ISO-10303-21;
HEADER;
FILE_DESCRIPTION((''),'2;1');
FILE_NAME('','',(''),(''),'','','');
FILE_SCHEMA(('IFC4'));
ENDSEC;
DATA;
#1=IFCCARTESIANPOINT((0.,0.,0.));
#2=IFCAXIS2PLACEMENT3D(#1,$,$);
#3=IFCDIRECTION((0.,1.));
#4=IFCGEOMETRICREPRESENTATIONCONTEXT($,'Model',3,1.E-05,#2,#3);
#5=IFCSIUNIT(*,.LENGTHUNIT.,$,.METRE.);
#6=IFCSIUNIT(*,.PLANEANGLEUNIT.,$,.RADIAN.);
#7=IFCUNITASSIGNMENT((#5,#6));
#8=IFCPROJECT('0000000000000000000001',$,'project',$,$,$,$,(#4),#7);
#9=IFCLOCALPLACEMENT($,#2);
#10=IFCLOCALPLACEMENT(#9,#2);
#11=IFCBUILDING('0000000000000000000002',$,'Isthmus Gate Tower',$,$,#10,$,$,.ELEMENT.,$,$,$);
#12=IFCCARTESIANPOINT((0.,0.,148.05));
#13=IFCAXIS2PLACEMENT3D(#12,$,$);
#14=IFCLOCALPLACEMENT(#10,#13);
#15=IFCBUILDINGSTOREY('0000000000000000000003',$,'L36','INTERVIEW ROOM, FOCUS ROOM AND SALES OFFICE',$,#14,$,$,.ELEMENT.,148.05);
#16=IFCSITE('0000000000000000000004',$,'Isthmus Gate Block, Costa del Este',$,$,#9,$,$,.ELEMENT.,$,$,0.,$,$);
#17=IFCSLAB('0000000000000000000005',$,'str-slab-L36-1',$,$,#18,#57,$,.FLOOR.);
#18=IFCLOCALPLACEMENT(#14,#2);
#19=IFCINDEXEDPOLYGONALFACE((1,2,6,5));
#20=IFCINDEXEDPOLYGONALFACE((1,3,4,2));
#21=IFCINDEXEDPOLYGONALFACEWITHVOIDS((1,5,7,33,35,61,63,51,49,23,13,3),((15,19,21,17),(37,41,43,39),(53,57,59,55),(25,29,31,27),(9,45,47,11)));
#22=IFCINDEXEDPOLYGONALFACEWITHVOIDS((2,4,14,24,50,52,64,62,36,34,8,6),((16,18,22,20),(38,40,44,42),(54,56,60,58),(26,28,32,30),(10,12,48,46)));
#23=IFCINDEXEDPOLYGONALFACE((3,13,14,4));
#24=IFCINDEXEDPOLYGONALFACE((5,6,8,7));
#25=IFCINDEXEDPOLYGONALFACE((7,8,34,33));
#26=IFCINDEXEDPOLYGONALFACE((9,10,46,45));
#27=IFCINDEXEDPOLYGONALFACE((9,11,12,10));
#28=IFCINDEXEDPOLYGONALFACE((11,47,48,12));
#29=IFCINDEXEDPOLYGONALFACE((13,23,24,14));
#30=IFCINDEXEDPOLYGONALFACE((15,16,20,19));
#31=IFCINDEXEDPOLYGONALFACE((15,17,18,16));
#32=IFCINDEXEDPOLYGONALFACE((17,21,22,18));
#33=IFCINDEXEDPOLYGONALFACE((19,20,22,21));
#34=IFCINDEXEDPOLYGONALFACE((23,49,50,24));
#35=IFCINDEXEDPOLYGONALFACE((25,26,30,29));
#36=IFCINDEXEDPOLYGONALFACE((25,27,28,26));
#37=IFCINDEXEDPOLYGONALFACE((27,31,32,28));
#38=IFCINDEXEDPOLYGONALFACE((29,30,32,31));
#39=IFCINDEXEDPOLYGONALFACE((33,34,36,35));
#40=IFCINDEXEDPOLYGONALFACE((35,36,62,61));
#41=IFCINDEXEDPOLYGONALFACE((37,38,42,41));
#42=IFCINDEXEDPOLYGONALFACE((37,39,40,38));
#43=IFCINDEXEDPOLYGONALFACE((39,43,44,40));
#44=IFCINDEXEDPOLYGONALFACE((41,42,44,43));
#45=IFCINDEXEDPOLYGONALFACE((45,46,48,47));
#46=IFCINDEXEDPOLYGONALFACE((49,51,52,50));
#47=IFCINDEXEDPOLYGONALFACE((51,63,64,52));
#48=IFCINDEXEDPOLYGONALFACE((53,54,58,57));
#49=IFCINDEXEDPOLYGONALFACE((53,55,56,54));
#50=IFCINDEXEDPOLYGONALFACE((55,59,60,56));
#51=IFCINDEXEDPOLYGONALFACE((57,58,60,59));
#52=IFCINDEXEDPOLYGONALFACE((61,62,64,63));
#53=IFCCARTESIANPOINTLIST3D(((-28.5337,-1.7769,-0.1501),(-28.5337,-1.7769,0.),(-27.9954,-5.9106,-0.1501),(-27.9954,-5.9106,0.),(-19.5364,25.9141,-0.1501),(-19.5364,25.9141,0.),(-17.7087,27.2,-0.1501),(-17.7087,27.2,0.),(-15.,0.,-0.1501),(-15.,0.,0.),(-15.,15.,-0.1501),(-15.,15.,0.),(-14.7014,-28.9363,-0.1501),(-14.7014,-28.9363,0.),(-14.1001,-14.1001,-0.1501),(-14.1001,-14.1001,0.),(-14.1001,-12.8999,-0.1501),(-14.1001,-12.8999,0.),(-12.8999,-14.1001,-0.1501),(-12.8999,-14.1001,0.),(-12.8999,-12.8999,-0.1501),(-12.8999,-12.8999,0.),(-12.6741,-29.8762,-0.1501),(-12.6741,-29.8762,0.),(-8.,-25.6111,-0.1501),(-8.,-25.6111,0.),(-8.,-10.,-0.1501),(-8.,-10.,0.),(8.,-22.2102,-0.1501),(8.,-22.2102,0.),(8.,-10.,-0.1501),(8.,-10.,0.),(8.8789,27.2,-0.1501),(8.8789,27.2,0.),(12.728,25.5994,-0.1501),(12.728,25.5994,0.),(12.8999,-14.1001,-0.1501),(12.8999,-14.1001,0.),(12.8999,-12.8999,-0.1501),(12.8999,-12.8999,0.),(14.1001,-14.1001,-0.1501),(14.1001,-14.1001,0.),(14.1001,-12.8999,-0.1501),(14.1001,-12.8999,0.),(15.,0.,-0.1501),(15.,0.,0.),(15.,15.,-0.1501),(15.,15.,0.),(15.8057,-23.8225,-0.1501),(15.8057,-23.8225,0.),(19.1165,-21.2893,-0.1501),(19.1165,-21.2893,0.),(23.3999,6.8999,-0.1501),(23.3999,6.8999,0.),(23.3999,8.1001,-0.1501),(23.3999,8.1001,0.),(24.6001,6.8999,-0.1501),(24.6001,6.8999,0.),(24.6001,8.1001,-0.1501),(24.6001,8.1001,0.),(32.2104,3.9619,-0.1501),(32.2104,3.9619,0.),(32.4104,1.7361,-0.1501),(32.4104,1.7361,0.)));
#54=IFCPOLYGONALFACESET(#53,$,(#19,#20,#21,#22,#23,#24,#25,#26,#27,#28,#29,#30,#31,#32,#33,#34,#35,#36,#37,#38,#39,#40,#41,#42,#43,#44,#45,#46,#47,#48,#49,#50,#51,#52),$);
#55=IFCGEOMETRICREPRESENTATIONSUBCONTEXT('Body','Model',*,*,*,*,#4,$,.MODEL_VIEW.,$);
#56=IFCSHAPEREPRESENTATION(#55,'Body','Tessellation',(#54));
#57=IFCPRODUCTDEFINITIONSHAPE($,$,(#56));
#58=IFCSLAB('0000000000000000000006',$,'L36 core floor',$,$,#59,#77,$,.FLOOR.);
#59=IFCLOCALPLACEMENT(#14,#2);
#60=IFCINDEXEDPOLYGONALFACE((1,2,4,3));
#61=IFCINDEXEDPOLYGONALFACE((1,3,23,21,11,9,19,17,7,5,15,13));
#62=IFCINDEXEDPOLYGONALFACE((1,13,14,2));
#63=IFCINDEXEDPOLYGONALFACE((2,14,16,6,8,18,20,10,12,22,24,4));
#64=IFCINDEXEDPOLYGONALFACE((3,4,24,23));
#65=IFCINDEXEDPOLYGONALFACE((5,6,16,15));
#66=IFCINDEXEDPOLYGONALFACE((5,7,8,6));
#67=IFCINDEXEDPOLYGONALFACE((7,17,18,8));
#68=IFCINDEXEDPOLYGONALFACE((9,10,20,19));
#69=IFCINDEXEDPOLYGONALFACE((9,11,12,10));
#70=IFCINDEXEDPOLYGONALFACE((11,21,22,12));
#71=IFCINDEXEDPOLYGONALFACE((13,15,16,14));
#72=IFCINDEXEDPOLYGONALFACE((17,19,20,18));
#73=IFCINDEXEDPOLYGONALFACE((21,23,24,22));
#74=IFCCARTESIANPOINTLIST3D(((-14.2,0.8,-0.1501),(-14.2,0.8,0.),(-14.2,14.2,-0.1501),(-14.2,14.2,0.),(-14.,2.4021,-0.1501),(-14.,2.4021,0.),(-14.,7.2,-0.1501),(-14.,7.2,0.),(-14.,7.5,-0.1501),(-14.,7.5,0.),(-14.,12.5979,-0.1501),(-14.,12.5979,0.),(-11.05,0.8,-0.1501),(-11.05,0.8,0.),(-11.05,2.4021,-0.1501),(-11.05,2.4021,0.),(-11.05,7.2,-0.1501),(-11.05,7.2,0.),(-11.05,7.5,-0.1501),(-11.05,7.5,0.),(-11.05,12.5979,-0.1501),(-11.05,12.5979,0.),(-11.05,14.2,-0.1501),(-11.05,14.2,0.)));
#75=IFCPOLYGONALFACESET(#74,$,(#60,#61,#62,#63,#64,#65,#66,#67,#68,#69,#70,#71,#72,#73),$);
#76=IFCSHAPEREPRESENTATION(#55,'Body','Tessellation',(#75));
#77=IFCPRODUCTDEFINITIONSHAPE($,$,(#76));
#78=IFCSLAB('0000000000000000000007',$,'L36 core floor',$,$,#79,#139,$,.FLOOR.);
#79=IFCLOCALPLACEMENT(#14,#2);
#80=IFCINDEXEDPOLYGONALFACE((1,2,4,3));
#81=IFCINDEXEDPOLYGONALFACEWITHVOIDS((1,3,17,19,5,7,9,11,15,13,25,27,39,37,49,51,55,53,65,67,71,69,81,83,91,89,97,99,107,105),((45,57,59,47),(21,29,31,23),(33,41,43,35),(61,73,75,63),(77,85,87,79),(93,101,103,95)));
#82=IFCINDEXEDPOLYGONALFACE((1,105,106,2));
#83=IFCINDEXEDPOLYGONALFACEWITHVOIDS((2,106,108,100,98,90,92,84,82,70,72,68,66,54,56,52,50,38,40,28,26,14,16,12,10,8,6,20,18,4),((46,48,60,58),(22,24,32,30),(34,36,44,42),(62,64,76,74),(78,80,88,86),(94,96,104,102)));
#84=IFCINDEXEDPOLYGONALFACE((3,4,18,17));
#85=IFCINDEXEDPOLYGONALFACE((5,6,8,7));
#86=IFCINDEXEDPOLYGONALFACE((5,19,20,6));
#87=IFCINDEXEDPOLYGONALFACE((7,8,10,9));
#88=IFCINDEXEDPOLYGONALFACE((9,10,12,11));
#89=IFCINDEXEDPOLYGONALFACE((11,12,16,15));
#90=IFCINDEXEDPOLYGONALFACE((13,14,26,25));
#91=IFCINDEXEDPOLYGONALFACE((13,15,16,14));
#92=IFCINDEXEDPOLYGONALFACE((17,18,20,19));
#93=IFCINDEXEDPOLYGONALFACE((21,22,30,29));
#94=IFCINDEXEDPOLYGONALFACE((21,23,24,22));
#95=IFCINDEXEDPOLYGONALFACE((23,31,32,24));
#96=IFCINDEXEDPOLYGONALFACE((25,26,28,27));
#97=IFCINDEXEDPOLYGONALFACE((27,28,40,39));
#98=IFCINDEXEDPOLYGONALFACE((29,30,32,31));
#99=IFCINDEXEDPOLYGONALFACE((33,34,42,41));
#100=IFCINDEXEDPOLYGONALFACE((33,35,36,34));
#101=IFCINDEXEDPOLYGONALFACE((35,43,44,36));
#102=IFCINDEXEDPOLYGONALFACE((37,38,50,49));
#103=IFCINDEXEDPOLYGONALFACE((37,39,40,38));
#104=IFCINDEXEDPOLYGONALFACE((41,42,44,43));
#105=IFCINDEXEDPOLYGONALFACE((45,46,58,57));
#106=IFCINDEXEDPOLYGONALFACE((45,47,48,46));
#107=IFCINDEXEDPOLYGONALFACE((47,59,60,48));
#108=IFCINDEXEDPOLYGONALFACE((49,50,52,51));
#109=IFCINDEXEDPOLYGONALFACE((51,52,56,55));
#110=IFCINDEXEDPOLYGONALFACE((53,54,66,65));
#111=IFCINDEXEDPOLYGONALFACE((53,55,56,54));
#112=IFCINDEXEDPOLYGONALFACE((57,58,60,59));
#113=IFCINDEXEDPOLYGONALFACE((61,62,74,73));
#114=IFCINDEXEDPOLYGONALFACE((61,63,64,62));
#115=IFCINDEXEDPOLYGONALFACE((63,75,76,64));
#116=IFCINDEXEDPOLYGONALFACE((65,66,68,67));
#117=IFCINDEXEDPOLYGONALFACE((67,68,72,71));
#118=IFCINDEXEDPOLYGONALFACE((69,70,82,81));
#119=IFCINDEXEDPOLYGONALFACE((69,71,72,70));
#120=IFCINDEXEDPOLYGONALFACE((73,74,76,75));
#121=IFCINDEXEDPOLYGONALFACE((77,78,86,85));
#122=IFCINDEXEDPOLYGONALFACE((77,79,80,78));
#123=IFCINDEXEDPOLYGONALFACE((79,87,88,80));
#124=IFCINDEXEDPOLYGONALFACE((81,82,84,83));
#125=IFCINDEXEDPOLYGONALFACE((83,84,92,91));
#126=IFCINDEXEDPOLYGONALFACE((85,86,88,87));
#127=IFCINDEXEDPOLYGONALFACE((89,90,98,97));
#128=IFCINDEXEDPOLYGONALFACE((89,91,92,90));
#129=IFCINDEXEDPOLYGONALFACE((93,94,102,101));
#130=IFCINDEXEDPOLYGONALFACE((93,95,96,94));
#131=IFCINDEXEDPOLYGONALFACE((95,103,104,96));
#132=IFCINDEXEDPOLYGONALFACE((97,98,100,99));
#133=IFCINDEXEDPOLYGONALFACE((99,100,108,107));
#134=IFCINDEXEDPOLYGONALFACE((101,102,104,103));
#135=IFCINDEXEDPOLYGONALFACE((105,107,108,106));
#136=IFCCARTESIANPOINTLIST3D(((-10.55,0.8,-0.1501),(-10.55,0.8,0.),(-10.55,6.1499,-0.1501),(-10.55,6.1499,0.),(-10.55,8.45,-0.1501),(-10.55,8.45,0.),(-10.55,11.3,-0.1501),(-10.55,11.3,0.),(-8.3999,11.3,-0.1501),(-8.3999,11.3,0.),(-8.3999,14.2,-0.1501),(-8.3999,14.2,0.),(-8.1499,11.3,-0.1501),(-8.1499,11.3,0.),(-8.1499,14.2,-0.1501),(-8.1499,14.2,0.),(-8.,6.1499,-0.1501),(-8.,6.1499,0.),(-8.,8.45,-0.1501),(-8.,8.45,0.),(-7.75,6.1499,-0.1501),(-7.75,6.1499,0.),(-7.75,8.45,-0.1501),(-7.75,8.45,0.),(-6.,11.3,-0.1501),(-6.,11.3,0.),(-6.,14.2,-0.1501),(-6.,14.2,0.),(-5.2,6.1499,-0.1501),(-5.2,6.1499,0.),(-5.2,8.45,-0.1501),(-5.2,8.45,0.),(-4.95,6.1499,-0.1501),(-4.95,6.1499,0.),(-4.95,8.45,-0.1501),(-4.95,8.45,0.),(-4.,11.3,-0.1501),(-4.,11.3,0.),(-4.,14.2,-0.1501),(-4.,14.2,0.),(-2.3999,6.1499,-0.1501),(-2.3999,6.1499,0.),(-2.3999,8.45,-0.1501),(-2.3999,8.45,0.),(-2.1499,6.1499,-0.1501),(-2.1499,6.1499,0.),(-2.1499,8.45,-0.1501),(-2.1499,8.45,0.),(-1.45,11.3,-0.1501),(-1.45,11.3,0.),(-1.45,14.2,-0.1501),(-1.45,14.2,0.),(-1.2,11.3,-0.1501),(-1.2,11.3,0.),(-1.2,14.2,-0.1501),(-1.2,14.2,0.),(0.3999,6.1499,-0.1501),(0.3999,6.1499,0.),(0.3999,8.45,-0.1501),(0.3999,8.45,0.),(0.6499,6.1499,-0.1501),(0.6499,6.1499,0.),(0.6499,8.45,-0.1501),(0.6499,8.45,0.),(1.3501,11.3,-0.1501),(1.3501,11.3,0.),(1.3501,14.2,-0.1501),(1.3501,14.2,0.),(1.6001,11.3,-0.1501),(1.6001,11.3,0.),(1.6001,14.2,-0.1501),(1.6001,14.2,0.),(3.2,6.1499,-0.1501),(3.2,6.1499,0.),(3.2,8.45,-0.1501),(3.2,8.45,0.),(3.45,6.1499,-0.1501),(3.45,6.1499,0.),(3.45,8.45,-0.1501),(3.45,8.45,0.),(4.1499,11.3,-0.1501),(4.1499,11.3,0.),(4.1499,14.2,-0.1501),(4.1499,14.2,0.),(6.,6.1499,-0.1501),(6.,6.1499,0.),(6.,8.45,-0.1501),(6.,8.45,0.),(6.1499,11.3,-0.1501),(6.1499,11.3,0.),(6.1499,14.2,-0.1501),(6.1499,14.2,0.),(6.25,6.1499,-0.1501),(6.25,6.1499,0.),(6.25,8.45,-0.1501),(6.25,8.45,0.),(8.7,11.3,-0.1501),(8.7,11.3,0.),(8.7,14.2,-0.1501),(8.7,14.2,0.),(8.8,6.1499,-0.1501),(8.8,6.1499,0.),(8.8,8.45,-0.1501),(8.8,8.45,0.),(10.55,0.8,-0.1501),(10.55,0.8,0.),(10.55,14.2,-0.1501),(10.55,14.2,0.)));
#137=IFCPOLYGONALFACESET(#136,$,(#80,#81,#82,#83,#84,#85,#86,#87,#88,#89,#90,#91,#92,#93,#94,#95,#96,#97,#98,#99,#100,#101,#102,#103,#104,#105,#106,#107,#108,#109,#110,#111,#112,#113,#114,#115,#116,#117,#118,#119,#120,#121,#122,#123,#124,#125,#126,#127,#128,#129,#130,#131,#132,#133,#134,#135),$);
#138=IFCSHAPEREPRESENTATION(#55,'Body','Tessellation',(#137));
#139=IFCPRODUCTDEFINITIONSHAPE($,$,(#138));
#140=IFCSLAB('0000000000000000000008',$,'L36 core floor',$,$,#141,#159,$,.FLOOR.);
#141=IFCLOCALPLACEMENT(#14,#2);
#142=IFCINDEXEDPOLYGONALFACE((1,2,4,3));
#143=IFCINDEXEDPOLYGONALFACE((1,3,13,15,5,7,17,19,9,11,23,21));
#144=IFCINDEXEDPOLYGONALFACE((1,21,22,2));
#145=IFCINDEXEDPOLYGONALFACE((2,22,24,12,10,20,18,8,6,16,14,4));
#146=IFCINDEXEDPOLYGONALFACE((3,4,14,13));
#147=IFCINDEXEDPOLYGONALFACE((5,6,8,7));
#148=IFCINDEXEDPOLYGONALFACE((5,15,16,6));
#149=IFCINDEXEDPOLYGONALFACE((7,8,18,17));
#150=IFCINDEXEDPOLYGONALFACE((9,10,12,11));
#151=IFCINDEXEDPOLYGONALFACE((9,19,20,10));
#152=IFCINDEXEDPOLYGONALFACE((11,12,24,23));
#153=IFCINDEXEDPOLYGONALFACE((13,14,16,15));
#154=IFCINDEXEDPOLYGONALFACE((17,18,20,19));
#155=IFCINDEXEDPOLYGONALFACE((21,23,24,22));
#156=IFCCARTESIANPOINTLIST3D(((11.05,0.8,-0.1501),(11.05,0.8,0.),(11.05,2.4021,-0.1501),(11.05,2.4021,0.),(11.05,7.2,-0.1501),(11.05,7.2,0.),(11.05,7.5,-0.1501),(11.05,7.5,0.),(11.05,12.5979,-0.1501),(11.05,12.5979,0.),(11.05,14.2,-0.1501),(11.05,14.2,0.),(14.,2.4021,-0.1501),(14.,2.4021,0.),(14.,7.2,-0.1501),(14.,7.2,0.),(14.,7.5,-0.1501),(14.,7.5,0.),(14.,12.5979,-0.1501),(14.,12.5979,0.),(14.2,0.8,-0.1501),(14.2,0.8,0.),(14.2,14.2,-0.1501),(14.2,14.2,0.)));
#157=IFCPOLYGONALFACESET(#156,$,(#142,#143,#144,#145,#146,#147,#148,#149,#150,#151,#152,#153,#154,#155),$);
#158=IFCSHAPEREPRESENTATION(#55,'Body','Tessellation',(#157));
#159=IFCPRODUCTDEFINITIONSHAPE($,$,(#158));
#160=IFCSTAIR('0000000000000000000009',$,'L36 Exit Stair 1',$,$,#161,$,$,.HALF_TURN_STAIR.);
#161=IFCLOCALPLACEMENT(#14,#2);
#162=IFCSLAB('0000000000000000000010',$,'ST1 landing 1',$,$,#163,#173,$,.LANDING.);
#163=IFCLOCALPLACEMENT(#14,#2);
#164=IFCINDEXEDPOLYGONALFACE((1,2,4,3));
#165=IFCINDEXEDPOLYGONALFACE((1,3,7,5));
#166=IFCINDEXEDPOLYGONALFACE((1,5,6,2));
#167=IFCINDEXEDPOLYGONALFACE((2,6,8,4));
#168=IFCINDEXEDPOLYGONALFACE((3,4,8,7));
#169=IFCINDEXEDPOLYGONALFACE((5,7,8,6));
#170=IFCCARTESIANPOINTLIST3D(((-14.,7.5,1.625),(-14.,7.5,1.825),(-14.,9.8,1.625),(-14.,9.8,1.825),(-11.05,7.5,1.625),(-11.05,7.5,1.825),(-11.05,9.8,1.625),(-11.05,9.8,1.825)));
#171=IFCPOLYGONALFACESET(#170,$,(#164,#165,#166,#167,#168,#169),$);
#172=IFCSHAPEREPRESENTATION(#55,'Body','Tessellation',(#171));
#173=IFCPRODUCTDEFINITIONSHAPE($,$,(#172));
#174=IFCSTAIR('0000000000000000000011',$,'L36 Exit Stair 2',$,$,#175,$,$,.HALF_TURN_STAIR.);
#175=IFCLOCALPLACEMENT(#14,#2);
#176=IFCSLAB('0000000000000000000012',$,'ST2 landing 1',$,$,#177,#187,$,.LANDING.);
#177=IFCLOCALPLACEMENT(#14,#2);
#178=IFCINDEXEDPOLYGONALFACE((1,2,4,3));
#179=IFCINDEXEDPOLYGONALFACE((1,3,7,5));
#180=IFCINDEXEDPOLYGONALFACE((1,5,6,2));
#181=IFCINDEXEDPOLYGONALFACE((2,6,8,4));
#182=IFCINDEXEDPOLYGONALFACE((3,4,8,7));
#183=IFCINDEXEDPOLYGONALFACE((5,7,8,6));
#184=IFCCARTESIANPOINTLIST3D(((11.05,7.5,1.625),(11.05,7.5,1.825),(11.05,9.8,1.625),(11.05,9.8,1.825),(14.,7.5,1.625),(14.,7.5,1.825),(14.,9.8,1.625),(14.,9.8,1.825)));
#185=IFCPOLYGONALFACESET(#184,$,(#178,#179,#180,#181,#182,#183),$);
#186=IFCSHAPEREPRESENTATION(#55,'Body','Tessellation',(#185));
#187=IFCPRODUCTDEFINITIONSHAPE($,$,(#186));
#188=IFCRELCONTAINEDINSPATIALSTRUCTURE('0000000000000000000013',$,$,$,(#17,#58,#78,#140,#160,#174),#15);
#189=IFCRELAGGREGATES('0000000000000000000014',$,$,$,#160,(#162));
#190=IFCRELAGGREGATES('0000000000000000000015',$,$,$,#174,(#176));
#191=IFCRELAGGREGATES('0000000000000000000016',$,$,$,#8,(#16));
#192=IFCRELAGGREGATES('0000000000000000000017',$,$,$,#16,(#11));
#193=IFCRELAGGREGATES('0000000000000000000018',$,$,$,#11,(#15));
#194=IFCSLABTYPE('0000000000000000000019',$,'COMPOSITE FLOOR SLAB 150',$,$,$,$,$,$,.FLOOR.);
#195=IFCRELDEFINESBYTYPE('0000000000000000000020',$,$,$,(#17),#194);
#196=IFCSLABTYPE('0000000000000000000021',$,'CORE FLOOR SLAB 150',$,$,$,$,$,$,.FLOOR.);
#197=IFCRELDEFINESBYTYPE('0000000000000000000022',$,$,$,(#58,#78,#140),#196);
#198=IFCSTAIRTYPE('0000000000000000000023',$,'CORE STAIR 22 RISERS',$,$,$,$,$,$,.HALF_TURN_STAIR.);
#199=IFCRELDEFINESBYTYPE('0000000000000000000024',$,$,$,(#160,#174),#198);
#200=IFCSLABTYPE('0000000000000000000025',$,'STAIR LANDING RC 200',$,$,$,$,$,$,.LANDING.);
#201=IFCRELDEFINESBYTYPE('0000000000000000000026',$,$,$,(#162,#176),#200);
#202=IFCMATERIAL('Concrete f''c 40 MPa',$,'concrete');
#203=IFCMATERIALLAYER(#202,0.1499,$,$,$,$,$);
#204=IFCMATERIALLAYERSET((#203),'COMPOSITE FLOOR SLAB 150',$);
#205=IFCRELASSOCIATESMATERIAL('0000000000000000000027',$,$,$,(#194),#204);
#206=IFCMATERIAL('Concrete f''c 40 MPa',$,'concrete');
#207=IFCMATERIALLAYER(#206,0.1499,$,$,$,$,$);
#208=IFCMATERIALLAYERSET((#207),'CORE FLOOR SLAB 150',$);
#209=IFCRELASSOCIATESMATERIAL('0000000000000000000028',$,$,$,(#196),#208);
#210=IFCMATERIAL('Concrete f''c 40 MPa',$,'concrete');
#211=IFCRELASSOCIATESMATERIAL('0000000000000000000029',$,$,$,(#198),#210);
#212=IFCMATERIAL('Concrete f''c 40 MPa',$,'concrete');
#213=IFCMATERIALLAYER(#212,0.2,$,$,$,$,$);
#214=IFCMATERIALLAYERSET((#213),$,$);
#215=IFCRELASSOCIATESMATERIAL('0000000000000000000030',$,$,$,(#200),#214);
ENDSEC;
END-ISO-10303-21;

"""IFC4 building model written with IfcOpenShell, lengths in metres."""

from ifc_helpers import new_model, si_unit, direction, frame, origin, place, context, subcontext, project, spatial, polyline, outline, extrude, material, layer, layer_set, type_object, element, aggregate, save


model = new_model("IFC4")

# Units and contexts
model_context = context("Model", 3, precision=1e-05, world=origin(), true_north=direction((0.0, 1.0)))
body_context = subcontext(model_context, "Body", "Model", "MODEL_VIEW")
ifc_project = project(units=[si_unit("LENGTHUNIT", "METRE"), si_unit("PLANEANGLEUNIT", "RADIAN")], contexts=[model_context])

# Site, building, storey
site_placement = place(None, origin())
site = spatial("IfcSite", under=ifc_project, at=site_placement, Name="Isthmus Gate Block, Costa del Este", CompositionType="ELEMENT", RefElevation=0.0)
building_placement = place(site_placement, origin())
building = spatial("IfcBuilding", under=site, at=building_placement, Name="Isthmus Gate Tower", CompositionType="ELEMENT")
storey_placement = place(building_placement, frame((0.0, 0.0, 148.05)))
storey = spatial("IfcBuildingStorey", under=building, at=storey_placement, Name="L36", Description="INTERVIEW ROOM, FOCUS ROOM AND SALES OFFICE", CompositionType="ELEMENT", Elevation=148.05)

# Slabs
ifc_material_1 = material(Name="Concrete f'c 40 MPa", Category="concrete")
ifc_layer_1 = layer(ifc_material_1, 0.1499)
ifc_layer_set_1 = layer_set([ifc_layer_1], Name="COMPOSITE FLOOR SLAB 150")
slab_type_1 = type_object("IfcSlabType", Name="COMPOSITE FLOOR SLAB 150", PredefinedType="FLOOR", material=ifc_layer_set_1)
slab_1_placement = place(storey_placement, frame((0.0, 0.0, -0.1501)))
element("IfcSlab", 1, at=slab_1_placement, inside=storey, type_object=slab_type_1, Name="str-slab-L36-1", PredefinedType="FLOOR", context=body_context, shape_type="SweptSolid", body=[
    extrude(outline(polyline([(12.728, 25.5994), (32.2104, 3.9619), (32.4104, 1.7361), (19.1165, -21.2893), (15.8057, -23.8225), (-12.6741, -29.8762), (-14.7014, -28.9363), (-27.9954, -5.9106), (-28.5337, -1.7769), (-19.5364, 25.9141), (-17.7087, 27.2), (8.8789, 27.2), (12.728, 25.5994)]), holes=[polyline([(-8.0, -10.0), (-8.0, -25.6111), (8.0, -22.2102), (8.0, -10.0), (-8.0, -10.0)]), polyline([(-14.1001, -12.8999), (-14.1001, -14.1001), (-12.8999, -14.1001), (-12.8999, -12.8999), (-14.1001, -12.8999)]), polyline([(14.1001, -12.8999), (12.8999, -12.8999), (12.8999, -14.1001), (14.1001, -14.1001), (14.1001, -12.8999)]), polyline([(-15.0, 15.0), (-15.0, 0.0), (15.0, 0.0), (15.0, 15.0), (-15.0, 15.0)]), polyline([(24.6001, 6.8999), (24.6001, 8.1001), (23.3999, 8.1001), (23.3999, 6.8999), (24.6001, 6.8999)])]), origin(), (0.0, 0.0, 1.0), 0.1501),
])
ifc_material_2 = material(Name="Concrete f'c 40 MPa", Category="concrete")
ifc_layer_2 = layer(ifc_material_2, 0.1499)
ifc_layer_set_2 = layer_set([ifc_layer_2], Name="CORE FLOOR SLAB 150")
slab_type_2 = type_object("IfcSlabType", Name="CORE FLOOR SLAB 150", PredefinedType="FLOOR", material=ifc_layer_set_2)
slab_2_placement = place(storey_placement, frame((0.0, 0.0, -0.1501)))
element("IfcSlab", 2, at=slab_2_placement, inside=storey, type_object=slab_type_2, Name="L36 core floor", PredefinedType="FLOOR", context=body_context, shape_type="SweptSolid", body=[
    extrude(outline(polyline([(-11.05, 0.8), (-11.05, 2.4021), (-14.0, 2.4021), (-14.0, 7.2), (-11.05, 7.2), (-11.05, 7.5), (-14.0, 7.5), (-14.0, 12.5979), (-11.05, 12.5979), (-11.05, 14.2), (-14.2, 14.2), (-14.2, 0.8), (-11.05, 0.8)])), origin(), (0.0, 0.0, 1.0), 0.1501),
])
slab_3_placement = place(storey_placement, frame((0.0, 0.0, -0.1501)))
element("IfcSlab", 3, at=slab_3_placement, inside=storey, type_object=slab_type_2, Name="L36 core floor", PredefinedType="FLOOR", context=body_context, shape_type="SweptSolid", body=[
    extrude(outline(polyline([(10.55, 14.2), (8.7, 14.2), (8.7, 11.3), (6.1499, 11.3), (6.1499, 14.2), (4.1499, 14.2), (4.1499, 11.3), (1.6001, 11.3), (1.6001, 14.2), (1.3501, 14.2), (1.3501, 11.3), (-1.2, 11.3), (-1.2, 14.2), (-1.45, 14.2), (-1.45, 11.3), (-4.0, 11.3), (-4.0, 14.2), (-6.0, 14.2), (-6.0, 11.3), (-8.1499, 11.3), (-8.1499, 14.2), (-8.3999, 14.2), (-8.3999, 11.3), (-10.55, 11.3), (-10.55, 8.45), (-8.0, 8.45), (-8.0, 6.1499), (-10.55, 6.1499), (-10.55, 0.8), (10.55, 0.8), (10.55, 14.2)]), holes=[polyline([(-5.2, 8.45), (-5.2, 6.1499), (-7.75, 6.1499), (-7.75, 8.45), (-5.2, 8.45)]), polyline([(-2.3999, 8.45), (-2.3999, 6.1499), (-4.95, 6.1499), (-4.95, 8.45), (-2.3999, 8.45)]), polyline([(0.3999, 8.45), (0.3999, 6.1499), (-2.1499, 6.1499), (-2.1499, 8.45), (0.3999, 8.45)]), polyline([(3.2, 8.45), (3.2, 6.1499), (0.6499, 6.1499), (0.6499, 8.45), (3.2, 8.45)]), polyline([(6.0, 8.45), (6.0, 6.1499), (3.45, 6.1499), (3.45, 8.45), (6.0, 8.45)]), polyline([(8.8, 8.45), (8.8, 6.1499), (6.25, 6.1499), (6.25, 8.45), (8.8, 8.45)])]), origin(), (0.0, 0.0, 1.0), 0.1501),
])
slab_4_placement = place(storey_placement, frame((0.0, 0.0, -0.1501)))
element("IfcSlab", 4, at=slab_4_placement, inside=storey, type_object=slab_type_2, Name="L36 core floor", PredefinedType="FLOOR", context=body_context, shape_type="SweptSolid", body=[
    extrude(outline(polyline([(11.05, 14.2), (11.05, 12.5979), (14.0, 12.5979), (14.0, 7.5), (11.05, 7.5), (11.05, 7.2), (14.0, 7.2), (14.0, 2.4021), (11.05, 2.4021), (11.05, 0.8), (14.2, 0.8), (14.2, 14.2), (11.05, 14.2)])), origin(), (0.0, 0.0, 1.0), 0.1501),
])

# Stairs, slabs
ifc_material_3 = material(Name="Concrete f'c 40 MPa", Category="concrete")
stair_type = type_object("IfcStairType", Name="CORE STAIR 22 RISERS", PredefinedType="HALF_TURN_STAIR", material=ifc_material_3)
stair_1_placement = place(storey_placement, origin())
stair_1 = element("IfcStair", 5, at=stair_1_placement, inside=storey, type_object=stair_type, Name="L36 Exit Stair 1", PredefinedType="HALF_TURN_STAIR")
ifc_material_4 = material(Name="Concrete f'c 40 MPa", Category="concrete")
ifc_layer_3 = layer(ifc_material_4, 0.2)
ifc_layer_set_3 = layer_set([ifc_layer_3])
slab_type_3 = type_object("IfcSlabType", Name="STAIR LANDING RC 200", PredefinedType="LANDING", material=ifc_layer_set_3)
slab_5_placement = place(storey_placement, frame((0.0, 0.0, 1.625)))
slab_5 = element("IfcSlab", 6, at=slab_5_placement, type_object=slab_type_3, Name="ST1 landing 1", PredefinedType="LANDING", context=body_context, shape_type="SweptSolid", body=[
    extrude(outline(polyline([(-14.0, 9.8), (-14.0, 7.5), (-11.05, 7.5), (-11.05, 9.8), (-14.0, 9.8)])), origin(), (0.0, 0.0, 1.0), 0.2),
])
aggregate(stair_1, [slab_5])
stair_2_placement = place(storey_placement, origin())
stair_2 = element("IfcStair", 7, at=stair_2_placement, inside=storey, type_object=stair_type, Name="L36 Exit Stair 2", PredefinedType="HALF_TURN_STAIR")
slab_6_placement = place(storey_placement, frame((0.0, 0.0, 1.625)))
slab_6 = element("IfcSlab", 8, at=slab_6_placement, type_object=slab_type_3, Name="ST2 landing 1", PredefinedType="LANDING", context=body_context, shape_type="SweptSolid", body=[
    extrude(outline(polyline([(11.05, 9.8), (11.05, 7.5), (14.0, 7.5), (14.0, 9.8), (11.05, 9.8)])), origin(), (0.0, 0.0, 1.0), 0.2),
])
aggregate(stair_2, [slab_6])

save(model, "model.ifc")
